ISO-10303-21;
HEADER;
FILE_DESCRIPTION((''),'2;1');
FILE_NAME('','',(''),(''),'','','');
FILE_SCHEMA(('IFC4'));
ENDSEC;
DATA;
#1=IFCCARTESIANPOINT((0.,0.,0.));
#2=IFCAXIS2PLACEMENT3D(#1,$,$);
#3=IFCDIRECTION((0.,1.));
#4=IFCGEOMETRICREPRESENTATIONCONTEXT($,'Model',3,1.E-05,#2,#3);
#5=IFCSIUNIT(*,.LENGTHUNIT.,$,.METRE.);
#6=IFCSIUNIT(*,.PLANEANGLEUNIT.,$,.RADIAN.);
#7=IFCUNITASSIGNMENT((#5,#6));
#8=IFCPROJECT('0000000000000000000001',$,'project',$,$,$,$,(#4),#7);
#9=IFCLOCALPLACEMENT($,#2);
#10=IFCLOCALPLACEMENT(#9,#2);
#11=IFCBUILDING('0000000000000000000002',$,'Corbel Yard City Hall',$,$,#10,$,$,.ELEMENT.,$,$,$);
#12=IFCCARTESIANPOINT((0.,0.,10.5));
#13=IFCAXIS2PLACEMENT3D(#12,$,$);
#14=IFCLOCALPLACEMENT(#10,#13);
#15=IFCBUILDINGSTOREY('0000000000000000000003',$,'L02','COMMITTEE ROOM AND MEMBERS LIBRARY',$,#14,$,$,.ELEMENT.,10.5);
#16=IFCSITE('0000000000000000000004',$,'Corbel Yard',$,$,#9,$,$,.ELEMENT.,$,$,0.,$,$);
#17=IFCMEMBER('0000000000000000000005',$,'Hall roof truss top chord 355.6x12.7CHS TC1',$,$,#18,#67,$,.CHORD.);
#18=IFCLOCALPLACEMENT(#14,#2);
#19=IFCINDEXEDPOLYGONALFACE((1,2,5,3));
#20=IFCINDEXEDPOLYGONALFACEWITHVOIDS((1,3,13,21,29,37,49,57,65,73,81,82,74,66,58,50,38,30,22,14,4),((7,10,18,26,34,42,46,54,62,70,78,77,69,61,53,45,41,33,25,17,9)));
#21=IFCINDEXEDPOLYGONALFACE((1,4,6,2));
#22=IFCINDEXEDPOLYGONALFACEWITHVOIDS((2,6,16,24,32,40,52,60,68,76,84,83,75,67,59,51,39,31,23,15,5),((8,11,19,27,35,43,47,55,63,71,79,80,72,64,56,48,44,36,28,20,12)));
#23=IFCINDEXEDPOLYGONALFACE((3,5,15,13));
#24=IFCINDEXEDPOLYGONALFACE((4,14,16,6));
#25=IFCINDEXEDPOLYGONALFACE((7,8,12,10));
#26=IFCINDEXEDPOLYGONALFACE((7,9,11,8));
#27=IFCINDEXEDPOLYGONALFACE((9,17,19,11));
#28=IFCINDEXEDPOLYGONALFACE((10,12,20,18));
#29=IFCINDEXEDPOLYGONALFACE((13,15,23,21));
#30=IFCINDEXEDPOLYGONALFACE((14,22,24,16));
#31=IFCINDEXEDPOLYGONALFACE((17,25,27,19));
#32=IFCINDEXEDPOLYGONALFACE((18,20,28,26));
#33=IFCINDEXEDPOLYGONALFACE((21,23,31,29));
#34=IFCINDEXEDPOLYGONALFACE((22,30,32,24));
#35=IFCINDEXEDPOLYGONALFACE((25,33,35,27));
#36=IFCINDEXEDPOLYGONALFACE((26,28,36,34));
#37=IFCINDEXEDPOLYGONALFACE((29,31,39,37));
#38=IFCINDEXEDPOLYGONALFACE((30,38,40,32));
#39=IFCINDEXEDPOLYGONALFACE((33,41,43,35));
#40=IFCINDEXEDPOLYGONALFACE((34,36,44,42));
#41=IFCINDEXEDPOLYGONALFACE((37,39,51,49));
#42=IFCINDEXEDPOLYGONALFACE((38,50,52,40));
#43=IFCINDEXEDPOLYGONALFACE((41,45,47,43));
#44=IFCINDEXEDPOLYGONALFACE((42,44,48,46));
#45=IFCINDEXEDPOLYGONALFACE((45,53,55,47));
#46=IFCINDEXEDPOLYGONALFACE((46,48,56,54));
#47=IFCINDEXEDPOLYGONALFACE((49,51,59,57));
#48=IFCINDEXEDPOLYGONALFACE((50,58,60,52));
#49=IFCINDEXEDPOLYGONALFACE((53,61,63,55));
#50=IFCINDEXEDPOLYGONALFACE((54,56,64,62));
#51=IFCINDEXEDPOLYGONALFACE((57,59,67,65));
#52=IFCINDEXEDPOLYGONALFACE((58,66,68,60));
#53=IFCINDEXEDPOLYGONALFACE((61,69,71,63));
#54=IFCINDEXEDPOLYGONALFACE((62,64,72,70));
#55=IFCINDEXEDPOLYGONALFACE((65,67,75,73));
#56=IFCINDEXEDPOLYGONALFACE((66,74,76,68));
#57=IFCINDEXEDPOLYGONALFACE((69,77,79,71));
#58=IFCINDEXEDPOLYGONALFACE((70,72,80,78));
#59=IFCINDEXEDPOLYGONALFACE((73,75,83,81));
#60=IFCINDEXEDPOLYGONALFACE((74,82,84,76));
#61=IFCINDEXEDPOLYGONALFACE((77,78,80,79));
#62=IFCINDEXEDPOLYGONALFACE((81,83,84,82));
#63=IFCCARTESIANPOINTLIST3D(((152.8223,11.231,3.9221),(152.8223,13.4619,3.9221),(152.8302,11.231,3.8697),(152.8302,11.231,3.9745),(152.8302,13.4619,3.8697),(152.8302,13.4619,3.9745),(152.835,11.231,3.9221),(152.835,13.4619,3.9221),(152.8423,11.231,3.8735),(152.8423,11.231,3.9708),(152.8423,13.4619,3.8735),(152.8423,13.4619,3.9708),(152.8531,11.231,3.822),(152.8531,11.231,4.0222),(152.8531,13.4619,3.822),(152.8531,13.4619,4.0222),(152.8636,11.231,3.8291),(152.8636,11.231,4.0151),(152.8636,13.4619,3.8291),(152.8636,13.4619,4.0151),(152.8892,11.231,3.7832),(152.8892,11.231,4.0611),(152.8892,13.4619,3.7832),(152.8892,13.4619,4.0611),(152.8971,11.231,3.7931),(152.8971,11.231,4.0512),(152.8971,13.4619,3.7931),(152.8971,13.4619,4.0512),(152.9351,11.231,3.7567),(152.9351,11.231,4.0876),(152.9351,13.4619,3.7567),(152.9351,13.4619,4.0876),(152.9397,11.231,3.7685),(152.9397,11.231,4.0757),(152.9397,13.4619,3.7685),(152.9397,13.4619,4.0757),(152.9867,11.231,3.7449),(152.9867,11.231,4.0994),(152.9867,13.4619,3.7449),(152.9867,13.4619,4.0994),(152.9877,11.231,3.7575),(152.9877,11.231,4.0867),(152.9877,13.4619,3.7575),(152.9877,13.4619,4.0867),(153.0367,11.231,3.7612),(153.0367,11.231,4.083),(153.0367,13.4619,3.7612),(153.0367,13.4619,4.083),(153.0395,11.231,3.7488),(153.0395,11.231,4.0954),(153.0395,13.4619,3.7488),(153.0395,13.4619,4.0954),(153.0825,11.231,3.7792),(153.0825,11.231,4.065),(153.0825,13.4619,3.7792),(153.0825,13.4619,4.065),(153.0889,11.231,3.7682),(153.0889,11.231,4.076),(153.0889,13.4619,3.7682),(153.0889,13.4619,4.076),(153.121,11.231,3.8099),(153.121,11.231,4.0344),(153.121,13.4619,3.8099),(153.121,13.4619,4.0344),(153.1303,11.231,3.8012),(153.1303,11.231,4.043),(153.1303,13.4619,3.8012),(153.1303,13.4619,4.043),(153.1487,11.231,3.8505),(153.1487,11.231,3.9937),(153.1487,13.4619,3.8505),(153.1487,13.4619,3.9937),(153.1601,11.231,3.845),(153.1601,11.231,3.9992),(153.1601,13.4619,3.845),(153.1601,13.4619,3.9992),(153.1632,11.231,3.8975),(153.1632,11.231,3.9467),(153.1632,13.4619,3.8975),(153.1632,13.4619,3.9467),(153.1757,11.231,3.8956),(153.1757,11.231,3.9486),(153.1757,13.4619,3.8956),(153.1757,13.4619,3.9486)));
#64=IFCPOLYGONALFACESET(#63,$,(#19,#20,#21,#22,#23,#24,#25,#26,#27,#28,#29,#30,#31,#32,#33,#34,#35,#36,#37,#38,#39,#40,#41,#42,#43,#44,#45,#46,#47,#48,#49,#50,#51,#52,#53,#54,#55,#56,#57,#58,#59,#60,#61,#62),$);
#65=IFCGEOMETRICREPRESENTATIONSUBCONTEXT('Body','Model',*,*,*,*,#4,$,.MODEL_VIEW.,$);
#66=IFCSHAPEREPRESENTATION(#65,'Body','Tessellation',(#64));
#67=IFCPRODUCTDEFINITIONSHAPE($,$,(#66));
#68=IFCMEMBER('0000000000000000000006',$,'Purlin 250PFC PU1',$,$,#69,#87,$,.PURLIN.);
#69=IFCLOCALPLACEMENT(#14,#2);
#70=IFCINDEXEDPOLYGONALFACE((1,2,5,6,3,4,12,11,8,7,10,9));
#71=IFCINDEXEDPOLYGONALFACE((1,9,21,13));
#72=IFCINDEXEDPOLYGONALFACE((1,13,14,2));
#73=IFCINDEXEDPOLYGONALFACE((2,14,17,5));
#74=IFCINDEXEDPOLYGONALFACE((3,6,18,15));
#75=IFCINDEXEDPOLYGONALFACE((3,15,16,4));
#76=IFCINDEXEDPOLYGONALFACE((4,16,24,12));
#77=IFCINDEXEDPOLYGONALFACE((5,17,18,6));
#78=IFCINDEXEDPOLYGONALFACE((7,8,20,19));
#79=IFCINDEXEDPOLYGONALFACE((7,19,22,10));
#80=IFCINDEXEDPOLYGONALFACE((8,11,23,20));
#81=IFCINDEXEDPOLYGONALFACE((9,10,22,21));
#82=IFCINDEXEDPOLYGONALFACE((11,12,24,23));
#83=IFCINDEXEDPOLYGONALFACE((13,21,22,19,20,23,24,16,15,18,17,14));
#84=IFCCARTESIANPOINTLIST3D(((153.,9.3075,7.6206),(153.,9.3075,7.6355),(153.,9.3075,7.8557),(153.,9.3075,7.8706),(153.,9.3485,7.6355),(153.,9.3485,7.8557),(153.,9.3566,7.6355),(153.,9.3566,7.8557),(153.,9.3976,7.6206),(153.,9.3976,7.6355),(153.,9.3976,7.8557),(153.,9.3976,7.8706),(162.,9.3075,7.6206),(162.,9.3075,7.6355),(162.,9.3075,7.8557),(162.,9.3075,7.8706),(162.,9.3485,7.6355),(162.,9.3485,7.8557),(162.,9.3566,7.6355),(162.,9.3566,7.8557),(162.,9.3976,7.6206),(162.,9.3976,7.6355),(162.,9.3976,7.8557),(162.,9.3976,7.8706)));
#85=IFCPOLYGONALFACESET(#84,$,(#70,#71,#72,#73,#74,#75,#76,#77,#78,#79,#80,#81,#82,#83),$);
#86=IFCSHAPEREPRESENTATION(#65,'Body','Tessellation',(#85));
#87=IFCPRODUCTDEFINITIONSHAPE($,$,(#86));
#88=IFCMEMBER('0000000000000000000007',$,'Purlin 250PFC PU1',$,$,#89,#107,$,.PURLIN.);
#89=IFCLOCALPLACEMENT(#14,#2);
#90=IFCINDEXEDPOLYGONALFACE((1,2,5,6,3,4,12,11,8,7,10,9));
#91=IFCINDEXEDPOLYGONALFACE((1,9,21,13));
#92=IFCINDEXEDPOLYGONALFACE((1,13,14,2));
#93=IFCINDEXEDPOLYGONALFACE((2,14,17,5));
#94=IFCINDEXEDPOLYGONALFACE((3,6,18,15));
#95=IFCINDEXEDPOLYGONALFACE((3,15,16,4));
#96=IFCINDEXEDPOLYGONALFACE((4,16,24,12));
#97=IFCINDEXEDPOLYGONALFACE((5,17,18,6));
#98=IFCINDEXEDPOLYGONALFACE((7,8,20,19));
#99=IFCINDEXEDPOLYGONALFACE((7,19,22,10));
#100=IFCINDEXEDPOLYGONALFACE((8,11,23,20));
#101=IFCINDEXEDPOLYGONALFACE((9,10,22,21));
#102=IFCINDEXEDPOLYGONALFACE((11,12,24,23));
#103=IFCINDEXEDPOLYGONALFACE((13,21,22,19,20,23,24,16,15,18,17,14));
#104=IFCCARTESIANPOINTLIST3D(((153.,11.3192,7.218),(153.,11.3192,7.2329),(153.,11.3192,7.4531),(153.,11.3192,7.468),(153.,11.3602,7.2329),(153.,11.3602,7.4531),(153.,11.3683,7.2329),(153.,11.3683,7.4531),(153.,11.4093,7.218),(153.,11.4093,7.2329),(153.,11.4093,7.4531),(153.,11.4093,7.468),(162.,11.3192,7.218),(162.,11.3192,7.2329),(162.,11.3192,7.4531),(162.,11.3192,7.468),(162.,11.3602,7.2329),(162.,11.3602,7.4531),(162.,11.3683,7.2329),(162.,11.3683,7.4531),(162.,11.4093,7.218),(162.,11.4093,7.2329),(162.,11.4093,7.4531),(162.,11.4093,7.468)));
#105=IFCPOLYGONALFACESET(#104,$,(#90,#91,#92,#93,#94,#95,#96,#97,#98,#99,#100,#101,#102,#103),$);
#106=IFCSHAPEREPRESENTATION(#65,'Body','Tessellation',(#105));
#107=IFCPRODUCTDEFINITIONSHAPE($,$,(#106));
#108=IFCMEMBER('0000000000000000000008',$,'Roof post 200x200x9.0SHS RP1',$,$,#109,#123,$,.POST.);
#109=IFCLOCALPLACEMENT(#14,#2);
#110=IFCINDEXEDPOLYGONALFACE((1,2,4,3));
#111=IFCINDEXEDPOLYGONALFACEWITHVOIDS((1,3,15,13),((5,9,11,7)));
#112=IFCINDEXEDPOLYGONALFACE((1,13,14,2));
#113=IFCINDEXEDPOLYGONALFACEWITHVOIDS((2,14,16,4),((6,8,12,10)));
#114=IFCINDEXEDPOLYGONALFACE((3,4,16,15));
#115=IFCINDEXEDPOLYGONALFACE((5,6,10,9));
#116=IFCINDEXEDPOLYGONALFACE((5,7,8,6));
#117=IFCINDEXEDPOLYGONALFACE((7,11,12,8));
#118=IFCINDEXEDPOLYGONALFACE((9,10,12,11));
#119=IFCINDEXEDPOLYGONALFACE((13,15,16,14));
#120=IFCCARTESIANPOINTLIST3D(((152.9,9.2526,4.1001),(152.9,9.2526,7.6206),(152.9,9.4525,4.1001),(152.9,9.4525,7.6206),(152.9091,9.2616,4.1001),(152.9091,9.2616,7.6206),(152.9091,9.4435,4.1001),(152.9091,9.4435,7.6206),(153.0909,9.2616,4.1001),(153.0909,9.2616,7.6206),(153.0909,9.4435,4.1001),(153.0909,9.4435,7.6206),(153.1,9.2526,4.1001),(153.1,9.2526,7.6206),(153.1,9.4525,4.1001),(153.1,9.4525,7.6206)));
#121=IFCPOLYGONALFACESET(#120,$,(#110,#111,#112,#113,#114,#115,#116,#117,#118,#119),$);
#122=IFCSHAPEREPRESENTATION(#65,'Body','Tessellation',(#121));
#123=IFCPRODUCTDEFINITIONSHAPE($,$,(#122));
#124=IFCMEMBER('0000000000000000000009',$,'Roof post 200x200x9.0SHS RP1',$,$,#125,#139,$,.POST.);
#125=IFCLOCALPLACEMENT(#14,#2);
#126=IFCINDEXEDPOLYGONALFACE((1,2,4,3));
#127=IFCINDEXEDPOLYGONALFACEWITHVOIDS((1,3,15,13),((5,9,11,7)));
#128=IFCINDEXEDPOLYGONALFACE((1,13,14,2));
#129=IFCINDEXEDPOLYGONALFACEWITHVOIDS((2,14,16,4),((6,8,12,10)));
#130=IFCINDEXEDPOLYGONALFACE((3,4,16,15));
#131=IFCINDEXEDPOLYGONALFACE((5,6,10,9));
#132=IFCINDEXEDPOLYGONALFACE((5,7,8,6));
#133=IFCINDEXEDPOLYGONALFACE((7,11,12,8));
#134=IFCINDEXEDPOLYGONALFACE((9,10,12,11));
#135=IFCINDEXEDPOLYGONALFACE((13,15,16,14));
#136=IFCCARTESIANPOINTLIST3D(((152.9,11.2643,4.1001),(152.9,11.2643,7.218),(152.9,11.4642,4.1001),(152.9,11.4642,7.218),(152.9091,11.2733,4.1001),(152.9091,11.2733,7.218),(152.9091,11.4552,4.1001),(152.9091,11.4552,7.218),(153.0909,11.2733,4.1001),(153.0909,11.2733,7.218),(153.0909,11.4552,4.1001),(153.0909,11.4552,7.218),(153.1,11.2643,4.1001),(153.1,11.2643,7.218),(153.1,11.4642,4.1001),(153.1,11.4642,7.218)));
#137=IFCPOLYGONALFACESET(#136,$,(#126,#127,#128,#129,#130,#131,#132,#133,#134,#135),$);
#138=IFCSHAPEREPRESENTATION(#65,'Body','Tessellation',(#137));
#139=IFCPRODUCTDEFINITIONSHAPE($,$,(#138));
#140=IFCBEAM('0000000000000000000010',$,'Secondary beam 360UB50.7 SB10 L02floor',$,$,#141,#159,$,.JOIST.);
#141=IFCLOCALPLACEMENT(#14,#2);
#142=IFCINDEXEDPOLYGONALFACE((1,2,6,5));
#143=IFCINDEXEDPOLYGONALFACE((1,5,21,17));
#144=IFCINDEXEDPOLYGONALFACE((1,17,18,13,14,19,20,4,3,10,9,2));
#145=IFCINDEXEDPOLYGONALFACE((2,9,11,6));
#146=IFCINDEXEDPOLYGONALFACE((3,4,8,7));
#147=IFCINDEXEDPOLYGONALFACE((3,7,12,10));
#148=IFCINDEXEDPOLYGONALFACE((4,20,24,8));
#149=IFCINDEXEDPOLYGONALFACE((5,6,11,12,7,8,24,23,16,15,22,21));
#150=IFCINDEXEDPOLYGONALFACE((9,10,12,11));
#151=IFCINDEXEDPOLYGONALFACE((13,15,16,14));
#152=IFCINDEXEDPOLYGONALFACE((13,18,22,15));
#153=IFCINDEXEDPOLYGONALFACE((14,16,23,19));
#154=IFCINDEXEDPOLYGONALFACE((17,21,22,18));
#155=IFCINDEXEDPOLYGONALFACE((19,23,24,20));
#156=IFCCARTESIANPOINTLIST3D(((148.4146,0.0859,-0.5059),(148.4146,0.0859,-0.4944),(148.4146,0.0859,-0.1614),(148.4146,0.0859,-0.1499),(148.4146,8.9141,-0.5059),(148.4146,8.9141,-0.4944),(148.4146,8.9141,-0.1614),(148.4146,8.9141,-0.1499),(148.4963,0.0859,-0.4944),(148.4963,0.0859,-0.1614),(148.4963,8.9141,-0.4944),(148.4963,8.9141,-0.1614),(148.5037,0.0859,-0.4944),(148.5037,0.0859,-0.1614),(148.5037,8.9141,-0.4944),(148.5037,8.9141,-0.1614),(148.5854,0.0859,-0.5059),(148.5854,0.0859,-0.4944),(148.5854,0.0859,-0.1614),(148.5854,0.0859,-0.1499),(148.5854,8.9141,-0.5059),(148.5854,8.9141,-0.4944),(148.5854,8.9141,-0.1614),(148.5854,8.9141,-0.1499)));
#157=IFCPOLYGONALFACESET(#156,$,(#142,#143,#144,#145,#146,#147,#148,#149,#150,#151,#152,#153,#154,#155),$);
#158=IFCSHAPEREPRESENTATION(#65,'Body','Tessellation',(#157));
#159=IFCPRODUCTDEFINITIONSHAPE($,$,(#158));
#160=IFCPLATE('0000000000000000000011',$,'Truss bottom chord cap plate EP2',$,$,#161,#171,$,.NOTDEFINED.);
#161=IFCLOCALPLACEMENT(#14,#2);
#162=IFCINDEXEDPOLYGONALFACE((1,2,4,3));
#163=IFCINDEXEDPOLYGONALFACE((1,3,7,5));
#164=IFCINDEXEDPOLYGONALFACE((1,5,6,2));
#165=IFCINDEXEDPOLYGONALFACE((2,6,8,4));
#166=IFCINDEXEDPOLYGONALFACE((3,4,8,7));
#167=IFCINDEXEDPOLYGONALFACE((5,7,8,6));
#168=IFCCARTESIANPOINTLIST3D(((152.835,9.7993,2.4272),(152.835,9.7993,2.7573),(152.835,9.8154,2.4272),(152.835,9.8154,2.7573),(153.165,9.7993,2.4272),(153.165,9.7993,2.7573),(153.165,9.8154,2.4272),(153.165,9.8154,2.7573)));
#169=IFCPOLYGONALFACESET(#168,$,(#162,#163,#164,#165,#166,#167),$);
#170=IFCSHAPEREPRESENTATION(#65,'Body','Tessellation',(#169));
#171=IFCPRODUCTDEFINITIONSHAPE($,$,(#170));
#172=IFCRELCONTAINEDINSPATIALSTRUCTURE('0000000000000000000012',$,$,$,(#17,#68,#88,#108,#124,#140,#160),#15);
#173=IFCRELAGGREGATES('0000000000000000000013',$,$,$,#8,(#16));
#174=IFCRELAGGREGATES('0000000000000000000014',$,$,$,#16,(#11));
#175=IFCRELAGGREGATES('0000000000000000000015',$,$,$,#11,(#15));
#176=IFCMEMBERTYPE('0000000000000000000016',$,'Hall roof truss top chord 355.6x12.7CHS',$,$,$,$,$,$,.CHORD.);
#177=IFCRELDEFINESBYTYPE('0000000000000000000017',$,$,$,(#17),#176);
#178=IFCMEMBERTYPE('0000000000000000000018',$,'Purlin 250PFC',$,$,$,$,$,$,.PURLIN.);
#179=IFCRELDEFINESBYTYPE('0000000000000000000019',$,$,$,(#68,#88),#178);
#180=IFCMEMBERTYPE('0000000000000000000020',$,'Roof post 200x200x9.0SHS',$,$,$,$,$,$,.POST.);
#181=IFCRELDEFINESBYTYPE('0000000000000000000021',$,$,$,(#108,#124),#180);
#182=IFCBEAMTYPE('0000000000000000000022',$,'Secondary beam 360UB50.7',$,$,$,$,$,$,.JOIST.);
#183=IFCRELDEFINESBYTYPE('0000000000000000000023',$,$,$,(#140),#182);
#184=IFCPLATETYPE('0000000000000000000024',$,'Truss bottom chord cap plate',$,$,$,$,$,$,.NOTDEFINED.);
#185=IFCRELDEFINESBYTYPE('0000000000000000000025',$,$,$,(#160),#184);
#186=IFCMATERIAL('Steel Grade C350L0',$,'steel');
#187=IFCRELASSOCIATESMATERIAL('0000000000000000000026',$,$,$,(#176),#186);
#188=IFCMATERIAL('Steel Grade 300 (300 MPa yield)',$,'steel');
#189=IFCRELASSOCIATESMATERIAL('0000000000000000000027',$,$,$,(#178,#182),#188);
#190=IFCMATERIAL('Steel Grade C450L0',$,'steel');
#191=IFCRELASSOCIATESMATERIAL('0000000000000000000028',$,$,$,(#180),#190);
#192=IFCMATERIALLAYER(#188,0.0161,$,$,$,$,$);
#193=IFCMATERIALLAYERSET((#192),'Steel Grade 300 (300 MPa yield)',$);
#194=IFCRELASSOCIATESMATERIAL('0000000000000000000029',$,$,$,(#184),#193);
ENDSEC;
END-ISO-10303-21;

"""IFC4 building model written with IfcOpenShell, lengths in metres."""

from ifc_helpers import new_model, si_unit, direction, frame, origin, origin_2d, place, context, subcontext, project, spatial, rectangle, hollow_rectangle, hollow_circle, i_section, extrude, material, layer, layer_set, material_profile, profile_set, type_object, element, save


model = new_model("IFC4")

# Units and contexts
model_context = context("Model", 3, precision=1e-05, world=origin(), true_north=direction((0.0, 1.0)))
body_context = subcontext(model_context, "Body", "Model", "MODEL_VIEW")
ifc_project = project(units=[si_unit("LENGTHUNIT", "METRE"), si_unit("PLANEANGLEUNIT", "RADIAN")], contexts=[model_context])

# Site, building, storey
site_placement = place(None, origin())
site = spatial("IfcSite", under=ifc_project, at=site_placement, Name="Corbel Yard", CompositionType="ELEMENT", RefElevation=0.0)
building_placement = place(site_placement, origin())
building = spatial("IfcBuilding", under=site, at=building_placement, Name="Corbel Yard City Hall", CompositionType="ELEMENT")
storey_placement = place(building_placement, frame((0.0, 0.0, 10.5)))
storey = spatial("IfcBuildingStorey", under=building, at=storey_placement, Name="L02", Description="COMMITTEE ROOM AND MEMBERS LIBRARY", CompositionType="ELEMENT", Elevation=10.5)

# Shared definitions
ifc_material_1 = material(Name="Steel Grade 300 (300 MPa yield)", Category="steel")

# Members
ifc_material_2 = material(Name="Steel Grade C350L0", Category="steel")
ifc_material_profile_1 = material_profile(ifc_material_2, hollow_circle(Radius=0.1777, WallThickness=0.0127, at=origin_2d()), Name="355.6x12.7CHS")
ifc_profile_set_1 = profile_set([ifc_material_profile_1], Name="Steel Grade C350L0")
member_type_1 = type_object("IfcMemberType", Name="Hall roof truss top chord 355.6x12.7CHS", PredefinedType="CHORD", material=ifc_profile_set_1)
for number, where, z_axis, x_axis, name in (
    (1, (153.0, 11.231, 3.9221), (0.0, 1.0, 0.0), (-1.0, 0.0, 0.0), "Hall roof truss top chord 355.6x12.7CHS TC1"),
):
    element("IfcMember", number, at=place(storey_placement, frame(where, z_axis=z_axis, x_axis=x_axis)), inside=storey, type_object=member_type_1, Name=name, PredefinedType="CHORD", context=body_context, shape_type="SweptSolid", body=[
        extrude(hollow_circle(Radius=0.1777, WallThickness=0.0127, at=origin_2d()), origin(), (0.0, 0.0, 1.0), 2.231),
    ])
ifc_material_profile_2 = material_profile(ifc_material_1, i_section(OverallWidth=0.0901, OverallDepth=0.25, WebThickness=0.0081, FlangeThickness=0.0149, at=origin_2d()), Name="250PFC")
ifc_profile_set_2 = profile_set([ifc_material_profile_2], Name="Steel Grade 300 (300 MPa yield)")
member_type_2 = type_object("IfcMemberType", Name="Purlin 250PFC", PredefinedType="PURLIN", material=ifc_profile_set_2)
for number, where, z_axis, x_axis, name in (
    (2, (153.0, 9.3525, 7.7456), (1.0, 0.0, 0.0), (0.0, 1.0, 0.0), "Purlin 250PFC PU1"),
    (3, (153.0, 11.3643, 7.343), (1.0, 0.0, 0.0), (0.0, 1.0, 0.0), "Purlin 250PFC PU1"),
):
    element("IfcMember", number, at=place(storey_placement, frame(where, z_axis=z_axis, x_axis=x_axis)), inside=storey, type_object=member_type_2, Name=name, PredefinedType="PURLIN", context=body_context, shape_type="SweptSolid", body=[
        extrude(i_section(OverallWidth=0.0901, OverallDepth=0.25, WebThickness=0.0081, FlangeThickness=0.0149, at=origin_2d()), origin(), (0.0, 0.0, 1.0), 9.0),
    ])
ifc_material_3 = material(Name="Steel Grade C450L0", Category="steel")
ifc_material_profile_3 = material_profile(ifc_material_3, hollow_rectangle(XDim=0.2, YDim=0.2, WallThickness=0.009, at=origin_2d()), Name="200x200x9.0SHS")
ifc_profile_set_3 = profile_set([ifc_material_profile_3], Name="Steel Grade C450L0")
member_type_3 = type_object("IfcMemberType", Name="Roof post 200x200x9.0SHS", PredefinedType="POST", material=ifc_profile_set_3)
member_1_placement = place(storey_placement, frame((153.0, 9.3525, 4.1001), z_axis=(0.0, 0.0, 1.0), x_axis=(1.0, 0.0, 0.0)))
element("IfcMember", 4, at=member_1_placement, inside=storey, type_object=member_type_3, Name="Roof post 200x200x9.0SHS RP1", PredefinedType="POST", context=body_context, shape_type="SweptSolid", body=[
    extrude(hollow_rectangle(XDim=0.2, YDim=0.2, WallThickness=0.009, at=origin_2d()), origin(), (0.0, 0.0, 1.0), 3.5205),
])
member_2_placement = place(storey_placement, frame((153.0, 11.3643, 4.1001), z_axis=(0.0, 0.0, 1.0), x_axis=(1.0, 0.0, 0.0)))
element("IfcMember", 5, at=member_2_placement, inside=storey, type_object=member_type_3, Name="Roof post 200x200x9.0SHS RP1", PredefinedType="POST", context=body_context, shape_type="SweptSolid", body=[
    extrude(hollow_rectangle(XDim=0.2, YDim=0.2, WallThickness=0.009, at=origin_2d()), origin(), (0.0, 0.0, 1.0), 3.1179),
])

# Beam
ifc_material_profile_4 = material_profile(ifc_material_1, i_section(OverallWidth=0.1709, OverallDepth=0.356, WebThickness=0.0073, FlangeThickness=0.0115, at=origin_2d()), Name="360UB50.7")
ifc_profile_set_4 = profile_set([ifc_material_profile_4], Name="Steel Grade 300 (300 MPa yield)")
beam_type_1 = type_object("IfcBeamType", Name="Secondary beam 360UB50.7", PredefinedType="JOIST", material=ifc_profile_set_4)
beam_1_placement = place(storey_placement, frame((148.5, 0.0859, -0.3279), z_axis=(0.0, 1.0, 0.0), x_axis=(-1.0, 0.0, 0.0)))
element("IfcBeam", 6, at=beam_1_placement, inside=storey, type_object=beam_type_1, Name="Secondary beam 360UB50.7 SB10 L02floor", PredefinedType="JOIST", context=body_context, shape_type="SweptSolid", body=[
    extrude(i_section(OverallWidth=0.1709, OverallDepth=0.356, WebThickness=0.0073, FlangeThickness=0.0115, at=origin_2d()), origin(), (0.0, 0.0, 1.0), 8.8281),
])

# Plate
ifc_layer_1 = layer(ifc_material_1, 0.0161)
ifc_layer_set_1 = layer_set([ifc_layer_1], Name="Steel Grade 300 (300 MPa yield)")
plate_type = type_object("IfcPlateType", Name="Truss bottom chord cap plate", PredefinedType="NOTDEFINED", material=ifc_layer_set_1)
plate_placement = place(storey_placement, frame((153.0, 9.8074, 2.4272), z_axis=(0.0, 0.0, 1.0), x_axis=(1.0, 0.0, 0.0)))
element("IfcPlate", 7, at=plate_placement, inside=storey, type_object=plate_type, Name="Truss bottom chord cap plate EP2", PredefinedType="NOTDEFINED", context=body_context, shape_type="SweptSolid", body=[
    extrude(rectangle(XDim=0.3301, YDim=0.0161, at=origin_2d()), origin(), (0.0, 0.0, 1.0), 0.3301),
])

save(model, "model.ifc")
